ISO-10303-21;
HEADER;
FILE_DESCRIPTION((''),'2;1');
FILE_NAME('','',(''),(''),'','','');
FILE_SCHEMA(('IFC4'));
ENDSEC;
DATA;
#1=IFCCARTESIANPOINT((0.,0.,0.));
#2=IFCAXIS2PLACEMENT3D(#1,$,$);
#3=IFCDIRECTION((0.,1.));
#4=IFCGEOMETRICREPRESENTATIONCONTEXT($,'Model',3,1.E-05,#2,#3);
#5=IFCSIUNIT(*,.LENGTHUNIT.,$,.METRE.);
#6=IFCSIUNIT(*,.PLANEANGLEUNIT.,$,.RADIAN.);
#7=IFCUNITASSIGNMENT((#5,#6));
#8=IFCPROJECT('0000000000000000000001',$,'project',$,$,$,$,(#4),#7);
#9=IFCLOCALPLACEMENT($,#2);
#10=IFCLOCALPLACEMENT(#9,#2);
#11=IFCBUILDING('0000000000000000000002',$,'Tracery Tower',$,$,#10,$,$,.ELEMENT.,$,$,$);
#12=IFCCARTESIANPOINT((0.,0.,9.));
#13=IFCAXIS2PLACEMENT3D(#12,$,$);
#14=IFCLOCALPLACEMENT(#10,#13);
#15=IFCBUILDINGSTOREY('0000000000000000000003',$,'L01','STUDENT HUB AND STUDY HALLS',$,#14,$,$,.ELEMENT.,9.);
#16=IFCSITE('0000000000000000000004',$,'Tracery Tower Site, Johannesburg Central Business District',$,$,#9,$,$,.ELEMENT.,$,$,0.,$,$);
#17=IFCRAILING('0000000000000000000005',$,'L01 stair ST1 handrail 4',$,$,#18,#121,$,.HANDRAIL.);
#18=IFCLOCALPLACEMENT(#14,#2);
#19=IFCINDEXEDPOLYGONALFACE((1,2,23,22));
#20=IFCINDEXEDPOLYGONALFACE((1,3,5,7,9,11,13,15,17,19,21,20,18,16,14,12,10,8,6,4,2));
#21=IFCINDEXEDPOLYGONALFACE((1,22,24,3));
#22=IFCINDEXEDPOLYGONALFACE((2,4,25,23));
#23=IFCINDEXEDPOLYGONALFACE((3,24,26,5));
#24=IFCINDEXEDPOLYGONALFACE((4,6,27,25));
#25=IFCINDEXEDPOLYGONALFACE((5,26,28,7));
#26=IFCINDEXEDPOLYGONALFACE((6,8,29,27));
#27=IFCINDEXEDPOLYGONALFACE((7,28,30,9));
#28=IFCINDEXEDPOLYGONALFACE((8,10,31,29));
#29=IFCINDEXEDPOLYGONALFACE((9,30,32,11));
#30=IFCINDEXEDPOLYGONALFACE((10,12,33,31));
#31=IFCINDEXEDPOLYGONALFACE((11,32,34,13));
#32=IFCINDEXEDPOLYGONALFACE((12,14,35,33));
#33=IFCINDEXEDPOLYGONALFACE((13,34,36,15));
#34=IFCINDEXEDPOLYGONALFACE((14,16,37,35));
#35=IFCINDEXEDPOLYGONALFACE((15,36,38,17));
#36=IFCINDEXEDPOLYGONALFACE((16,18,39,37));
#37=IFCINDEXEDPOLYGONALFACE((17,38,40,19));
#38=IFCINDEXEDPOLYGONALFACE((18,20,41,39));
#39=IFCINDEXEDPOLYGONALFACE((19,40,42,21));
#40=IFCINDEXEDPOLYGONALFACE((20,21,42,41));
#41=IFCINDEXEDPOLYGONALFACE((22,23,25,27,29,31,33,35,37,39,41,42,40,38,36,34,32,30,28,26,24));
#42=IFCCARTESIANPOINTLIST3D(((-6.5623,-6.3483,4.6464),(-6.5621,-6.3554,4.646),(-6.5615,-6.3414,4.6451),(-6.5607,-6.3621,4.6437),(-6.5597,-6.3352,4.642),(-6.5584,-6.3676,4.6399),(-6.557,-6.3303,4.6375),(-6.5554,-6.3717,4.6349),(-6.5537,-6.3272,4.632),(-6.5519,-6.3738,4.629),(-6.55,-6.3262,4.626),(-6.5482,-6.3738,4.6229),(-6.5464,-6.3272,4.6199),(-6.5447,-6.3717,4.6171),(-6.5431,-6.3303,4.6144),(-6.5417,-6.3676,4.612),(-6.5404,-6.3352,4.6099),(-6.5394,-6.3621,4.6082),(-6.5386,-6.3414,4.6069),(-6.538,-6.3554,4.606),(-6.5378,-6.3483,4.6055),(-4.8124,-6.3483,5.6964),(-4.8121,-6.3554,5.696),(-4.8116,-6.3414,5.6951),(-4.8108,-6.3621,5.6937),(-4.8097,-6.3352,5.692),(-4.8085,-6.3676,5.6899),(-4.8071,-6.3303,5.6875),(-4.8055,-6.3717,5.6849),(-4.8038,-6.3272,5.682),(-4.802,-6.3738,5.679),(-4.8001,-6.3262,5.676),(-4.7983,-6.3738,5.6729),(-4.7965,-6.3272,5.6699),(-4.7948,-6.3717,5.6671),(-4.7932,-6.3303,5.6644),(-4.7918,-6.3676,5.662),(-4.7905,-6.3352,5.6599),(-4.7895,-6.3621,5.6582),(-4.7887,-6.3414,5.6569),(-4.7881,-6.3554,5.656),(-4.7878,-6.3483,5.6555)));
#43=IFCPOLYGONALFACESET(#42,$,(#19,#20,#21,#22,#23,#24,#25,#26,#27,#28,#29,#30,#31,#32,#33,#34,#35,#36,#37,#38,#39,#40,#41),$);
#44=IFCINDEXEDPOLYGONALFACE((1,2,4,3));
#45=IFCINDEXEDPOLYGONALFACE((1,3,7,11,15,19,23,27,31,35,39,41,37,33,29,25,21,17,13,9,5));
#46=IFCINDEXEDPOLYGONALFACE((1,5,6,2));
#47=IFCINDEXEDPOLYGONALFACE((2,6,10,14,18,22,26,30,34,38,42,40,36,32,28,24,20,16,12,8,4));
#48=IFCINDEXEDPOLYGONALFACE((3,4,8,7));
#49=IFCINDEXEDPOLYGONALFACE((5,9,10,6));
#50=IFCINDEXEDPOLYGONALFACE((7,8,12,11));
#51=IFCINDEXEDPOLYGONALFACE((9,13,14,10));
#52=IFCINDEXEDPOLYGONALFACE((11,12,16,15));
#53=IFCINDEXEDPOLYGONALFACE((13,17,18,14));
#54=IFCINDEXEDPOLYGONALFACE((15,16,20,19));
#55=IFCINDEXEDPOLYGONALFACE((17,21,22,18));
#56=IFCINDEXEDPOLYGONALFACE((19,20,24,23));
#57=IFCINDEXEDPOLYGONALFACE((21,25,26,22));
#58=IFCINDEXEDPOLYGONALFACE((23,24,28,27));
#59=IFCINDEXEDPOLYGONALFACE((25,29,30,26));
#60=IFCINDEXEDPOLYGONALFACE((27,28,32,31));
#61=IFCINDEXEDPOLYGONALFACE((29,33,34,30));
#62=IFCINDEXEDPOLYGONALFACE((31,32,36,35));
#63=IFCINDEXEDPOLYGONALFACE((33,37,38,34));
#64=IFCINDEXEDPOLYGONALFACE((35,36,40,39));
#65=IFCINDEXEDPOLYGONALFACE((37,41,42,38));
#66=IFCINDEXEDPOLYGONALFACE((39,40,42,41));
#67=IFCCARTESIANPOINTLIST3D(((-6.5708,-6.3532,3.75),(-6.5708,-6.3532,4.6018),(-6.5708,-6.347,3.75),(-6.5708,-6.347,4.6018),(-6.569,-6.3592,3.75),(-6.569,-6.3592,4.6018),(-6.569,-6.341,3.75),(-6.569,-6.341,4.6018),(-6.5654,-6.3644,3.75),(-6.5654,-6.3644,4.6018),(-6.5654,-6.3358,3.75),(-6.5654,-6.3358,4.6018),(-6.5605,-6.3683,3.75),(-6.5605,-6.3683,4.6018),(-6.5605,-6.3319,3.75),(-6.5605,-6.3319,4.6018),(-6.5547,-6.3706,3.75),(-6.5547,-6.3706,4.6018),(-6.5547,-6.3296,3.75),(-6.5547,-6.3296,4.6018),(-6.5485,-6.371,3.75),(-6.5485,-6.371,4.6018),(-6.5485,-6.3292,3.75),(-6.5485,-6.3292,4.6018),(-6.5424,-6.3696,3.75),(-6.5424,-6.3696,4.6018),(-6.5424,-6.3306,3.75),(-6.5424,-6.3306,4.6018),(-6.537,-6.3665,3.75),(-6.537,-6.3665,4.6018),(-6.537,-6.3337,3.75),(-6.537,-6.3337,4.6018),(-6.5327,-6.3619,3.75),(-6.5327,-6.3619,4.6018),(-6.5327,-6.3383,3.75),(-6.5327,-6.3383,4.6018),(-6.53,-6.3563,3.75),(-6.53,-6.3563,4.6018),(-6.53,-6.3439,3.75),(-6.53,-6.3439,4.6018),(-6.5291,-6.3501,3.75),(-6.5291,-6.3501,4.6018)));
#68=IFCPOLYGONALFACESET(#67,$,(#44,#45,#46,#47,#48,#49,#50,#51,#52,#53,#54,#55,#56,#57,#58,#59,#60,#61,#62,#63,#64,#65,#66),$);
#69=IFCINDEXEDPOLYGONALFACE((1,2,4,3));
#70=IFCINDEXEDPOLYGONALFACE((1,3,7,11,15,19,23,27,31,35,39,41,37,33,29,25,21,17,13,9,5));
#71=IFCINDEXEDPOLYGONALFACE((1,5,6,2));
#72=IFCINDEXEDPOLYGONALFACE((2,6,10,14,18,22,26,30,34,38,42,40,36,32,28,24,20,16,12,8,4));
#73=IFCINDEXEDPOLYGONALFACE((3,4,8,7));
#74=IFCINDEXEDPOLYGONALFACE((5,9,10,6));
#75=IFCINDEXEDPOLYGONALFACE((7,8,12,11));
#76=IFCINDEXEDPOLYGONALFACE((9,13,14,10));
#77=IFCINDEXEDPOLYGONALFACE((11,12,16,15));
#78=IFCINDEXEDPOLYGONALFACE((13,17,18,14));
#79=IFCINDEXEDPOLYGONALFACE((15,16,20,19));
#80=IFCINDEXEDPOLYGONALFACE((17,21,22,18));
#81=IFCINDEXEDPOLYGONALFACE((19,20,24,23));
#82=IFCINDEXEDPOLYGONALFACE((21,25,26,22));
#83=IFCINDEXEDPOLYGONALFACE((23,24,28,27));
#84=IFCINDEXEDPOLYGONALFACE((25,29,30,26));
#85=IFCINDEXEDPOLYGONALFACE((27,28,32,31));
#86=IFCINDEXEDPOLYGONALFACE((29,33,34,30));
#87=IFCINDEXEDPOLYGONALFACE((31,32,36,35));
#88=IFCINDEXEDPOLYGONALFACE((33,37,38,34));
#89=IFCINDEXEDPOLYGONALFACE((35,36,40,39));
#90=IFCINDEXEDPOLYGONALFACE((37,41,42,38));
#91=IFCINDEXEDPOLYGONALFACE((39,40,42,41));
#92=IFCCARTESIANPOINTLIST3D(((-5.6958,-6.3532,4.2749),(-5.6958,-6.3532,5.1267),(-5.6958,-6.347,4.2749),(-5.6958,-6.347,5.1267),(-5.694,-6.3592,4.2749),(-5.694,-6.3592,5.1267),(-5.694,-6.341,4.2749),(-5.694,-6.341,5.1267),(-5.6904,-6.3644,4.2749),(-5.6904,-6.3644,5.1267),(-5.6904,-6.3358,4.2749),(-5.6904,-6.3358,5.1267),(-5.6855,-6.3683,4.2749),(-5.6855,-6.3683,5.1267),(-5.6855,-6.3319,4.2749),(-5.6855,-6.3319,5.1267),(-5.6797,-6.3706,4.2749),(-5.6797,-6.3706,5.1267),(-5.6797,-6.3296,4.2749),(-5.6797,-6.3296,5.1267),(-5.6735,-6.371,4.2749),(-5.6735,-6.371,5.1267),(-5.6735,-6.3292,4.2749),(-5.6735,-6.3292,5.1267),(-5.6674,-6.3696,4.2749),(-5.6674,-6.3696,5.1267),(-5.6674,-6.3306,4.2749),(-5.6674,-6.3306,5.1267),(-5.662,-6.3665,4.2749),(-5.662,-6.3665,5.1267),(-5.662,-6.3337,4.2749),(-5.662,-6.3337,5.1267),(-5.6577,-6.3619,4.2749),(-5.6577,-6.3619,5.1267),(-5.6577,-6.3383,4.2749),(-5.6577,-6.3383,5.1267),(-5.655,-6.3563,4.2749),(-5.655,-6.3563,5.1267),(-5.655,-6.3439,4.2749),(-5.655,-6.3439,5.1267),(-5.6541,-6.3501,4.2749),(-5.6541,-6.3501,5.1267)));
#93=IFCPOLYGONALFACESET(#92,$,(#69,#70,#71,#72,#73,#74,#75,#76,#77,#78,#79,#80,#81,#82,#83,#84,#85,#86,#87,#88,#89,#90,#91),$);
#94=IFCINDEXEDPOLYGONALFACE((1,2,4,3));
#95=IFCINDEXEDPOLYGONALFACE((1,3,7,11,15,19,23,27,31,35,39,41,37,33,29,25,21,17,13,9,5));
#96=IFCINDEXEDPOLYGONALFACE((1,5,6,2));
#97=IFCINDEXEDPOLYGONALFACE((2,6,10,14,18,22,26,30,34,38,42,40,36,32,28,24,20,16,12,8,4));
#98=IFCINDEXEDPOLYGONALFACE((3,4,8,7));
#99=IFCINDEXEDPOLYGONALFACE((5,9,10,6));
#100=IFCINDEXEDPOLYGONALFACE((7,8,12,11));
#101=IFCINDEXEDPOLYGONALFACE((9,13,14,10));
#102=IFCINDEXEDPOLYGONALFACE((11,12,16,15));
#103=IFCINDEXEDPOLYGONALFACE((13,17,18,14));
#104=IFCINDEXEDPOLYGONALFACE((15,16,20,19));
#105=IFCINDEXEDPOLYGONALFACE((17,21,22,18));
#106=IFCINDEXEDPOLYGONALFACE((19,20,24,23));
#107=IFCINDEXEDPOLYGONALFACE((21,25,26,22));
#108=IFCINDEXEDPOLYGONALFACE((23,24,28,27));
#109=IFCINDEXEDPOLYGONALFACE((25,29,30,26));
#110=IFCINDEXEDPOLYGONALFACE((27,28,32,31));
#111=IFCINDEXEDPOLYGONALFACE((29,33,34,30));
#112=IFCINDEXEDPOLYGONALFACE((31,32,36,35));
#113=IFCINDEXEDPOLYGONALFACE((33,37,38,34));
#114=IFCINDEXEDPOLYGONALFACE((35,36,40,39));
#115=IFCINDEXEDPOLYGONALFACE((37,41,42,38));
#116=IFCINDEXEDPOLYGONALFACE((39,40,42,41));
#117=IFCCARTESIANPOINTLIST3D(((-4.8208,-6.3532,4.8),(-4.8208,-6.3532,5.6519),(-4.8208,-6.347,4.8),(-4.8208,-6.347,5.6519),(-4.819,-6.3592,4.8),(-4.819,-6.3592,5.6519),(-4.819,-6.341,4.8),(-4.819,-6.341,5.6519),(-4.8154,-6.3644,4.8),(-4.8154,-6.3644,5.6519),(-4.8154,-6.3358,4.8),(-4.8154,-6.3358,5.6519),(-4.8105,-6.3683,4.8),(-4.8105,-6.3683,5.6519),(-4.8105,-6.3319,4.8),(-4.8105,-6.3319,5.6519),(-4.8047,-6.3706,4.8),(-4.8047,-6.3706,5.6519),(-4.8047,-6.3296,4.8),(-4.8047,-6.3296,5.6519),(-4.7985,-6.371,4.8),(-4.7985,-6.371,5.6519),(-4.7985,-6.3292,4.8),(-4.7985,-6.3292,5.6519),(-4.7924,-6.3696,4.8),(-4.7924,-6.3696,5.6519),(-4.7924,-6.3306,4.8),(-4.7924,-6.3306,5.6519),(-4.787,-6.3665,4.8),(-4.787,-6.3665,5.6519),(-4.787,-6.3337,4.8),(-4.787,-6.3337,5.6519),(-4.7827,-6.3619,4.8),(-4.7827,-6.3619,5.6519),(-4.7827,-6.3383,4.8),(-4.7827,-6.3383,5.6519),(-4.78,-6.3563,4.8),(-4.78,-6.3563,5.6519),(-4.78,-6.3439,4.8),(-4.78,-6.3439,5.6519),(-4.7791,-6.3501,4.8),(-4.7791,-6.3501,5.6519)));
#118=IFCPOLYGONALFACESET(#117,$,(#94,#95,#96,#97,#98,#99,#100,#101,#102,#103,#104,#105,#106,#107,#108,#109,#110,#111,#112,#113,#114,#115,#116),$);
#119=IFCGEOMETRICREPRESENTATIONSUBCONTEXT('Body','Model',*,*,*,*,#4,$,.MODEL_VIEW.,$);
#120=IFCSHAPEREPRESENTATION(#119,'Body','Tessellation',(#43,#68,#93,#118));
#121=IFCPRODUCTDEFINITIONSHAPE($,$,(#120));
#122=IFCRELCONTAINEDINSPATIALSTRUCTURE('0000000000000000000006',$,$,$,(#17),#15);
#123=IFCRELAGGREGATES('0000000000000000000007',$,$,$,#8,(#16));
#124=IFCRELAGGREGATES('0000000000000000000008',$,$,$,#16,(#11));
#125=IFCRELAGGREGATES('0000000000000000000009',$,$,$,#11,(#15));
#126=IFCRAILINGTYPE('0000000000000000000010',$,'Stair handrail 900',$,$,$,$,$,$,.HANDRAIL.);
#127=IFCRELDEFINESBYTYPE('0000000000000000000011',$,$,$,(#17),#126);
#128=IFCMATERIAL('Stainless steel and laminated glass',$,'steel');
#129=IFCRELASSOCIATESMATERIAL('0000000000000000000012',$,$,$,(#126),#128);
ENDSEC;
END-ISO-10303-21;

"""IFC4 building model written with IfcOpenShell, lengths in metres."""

from ifc_helpers import new_model, si_unit, direction, frame, origin, origin_2d, place, context, subcontext, project, spatial, circle, extrude, material, type_object, element, save


model = new_model("IFC4")

# Units and contexts
model_context = context("Model", 3, precision=1e-05, world=origin(), true_north=direction((0.0, 1.0)))
body_context = subcontext(model_context, "Body", "Model", "MODEL_VIEW")
ifc_project = project(units=[si_unit("LENGTHUNIT", "METRE"), si_unit("PLANEANGLEUNIT", "RADIAN")], contexts=[model_context])

# Site, building, storey
site_placement = place(None, origin())
site = spatial("IfcSite", under=ifc_project, at=site_placement, Name="Tracery Tower Site, Johannesburg Central Business District", CompositionType="ELEMENT", RefElevation=0.0)
building_placement = place(site_placement, origin())
building = spatial("IfcBuilding", under=site, at=building_placement, Name="Tracery Tower", CompositionType="ELEMENT")
storey_placement = place(building_placement, frame((0.0, 0.0, 9.0)))
storey = spatial("IfcBuildingStorey", under=building, at=storey_placement, Name="L01", Description="STUDENT HUB AND STUDY HALLS", CompositionType="ELEMENT", Elevation=9.0)

# Railing
ifc_material_1 = material(Name="Stainless steel and laminated glass", Category="steel")
railing_type_1 = type_object("IfcRailingType", Name="Stair handrail 900", PredefinedType="HANDRAIL", material=ifc_material_1)
railing_1_placement = place(storey_placement, frame((-6.55, -6.3501, 3.75)))
element("IfcRailing", 1, at=railing_1_placement, inside=storey, type_object=railing_type_1, Name="L01 stair ST1 handrail 4", PredefinedType="HANDRAIL", context=body_context, shape_type="SweptSolid", body=[
    extrude(circle(Radius=0.0239, at=origin_2d()), frame((0.0, 0.0, 0.876), z_axis=(0.857482, 0.0, 0.514513), x_axis=(0.0, 1.0, 0.0)), (0.0, 0.0, 1.0), 2.0408),
    extrude(circle(Radius=0.021, at=origin_2d()), origin(), (0.0, 0.0, 1.0), 0.8518),
    extrude(circle(Radius=0.021, at=origin_2d()), frame((0.875, 0.0, 0.5249)), (0.0, 0.0, 1.0), 0.8518),
    extrude(circle(Radius=0.021, at=origin_2d()), frame((1.75, 0.0, 1.05)), (0.0, 0.0, 1.0), 0.8518),
])

save(model, "model.ifc")
